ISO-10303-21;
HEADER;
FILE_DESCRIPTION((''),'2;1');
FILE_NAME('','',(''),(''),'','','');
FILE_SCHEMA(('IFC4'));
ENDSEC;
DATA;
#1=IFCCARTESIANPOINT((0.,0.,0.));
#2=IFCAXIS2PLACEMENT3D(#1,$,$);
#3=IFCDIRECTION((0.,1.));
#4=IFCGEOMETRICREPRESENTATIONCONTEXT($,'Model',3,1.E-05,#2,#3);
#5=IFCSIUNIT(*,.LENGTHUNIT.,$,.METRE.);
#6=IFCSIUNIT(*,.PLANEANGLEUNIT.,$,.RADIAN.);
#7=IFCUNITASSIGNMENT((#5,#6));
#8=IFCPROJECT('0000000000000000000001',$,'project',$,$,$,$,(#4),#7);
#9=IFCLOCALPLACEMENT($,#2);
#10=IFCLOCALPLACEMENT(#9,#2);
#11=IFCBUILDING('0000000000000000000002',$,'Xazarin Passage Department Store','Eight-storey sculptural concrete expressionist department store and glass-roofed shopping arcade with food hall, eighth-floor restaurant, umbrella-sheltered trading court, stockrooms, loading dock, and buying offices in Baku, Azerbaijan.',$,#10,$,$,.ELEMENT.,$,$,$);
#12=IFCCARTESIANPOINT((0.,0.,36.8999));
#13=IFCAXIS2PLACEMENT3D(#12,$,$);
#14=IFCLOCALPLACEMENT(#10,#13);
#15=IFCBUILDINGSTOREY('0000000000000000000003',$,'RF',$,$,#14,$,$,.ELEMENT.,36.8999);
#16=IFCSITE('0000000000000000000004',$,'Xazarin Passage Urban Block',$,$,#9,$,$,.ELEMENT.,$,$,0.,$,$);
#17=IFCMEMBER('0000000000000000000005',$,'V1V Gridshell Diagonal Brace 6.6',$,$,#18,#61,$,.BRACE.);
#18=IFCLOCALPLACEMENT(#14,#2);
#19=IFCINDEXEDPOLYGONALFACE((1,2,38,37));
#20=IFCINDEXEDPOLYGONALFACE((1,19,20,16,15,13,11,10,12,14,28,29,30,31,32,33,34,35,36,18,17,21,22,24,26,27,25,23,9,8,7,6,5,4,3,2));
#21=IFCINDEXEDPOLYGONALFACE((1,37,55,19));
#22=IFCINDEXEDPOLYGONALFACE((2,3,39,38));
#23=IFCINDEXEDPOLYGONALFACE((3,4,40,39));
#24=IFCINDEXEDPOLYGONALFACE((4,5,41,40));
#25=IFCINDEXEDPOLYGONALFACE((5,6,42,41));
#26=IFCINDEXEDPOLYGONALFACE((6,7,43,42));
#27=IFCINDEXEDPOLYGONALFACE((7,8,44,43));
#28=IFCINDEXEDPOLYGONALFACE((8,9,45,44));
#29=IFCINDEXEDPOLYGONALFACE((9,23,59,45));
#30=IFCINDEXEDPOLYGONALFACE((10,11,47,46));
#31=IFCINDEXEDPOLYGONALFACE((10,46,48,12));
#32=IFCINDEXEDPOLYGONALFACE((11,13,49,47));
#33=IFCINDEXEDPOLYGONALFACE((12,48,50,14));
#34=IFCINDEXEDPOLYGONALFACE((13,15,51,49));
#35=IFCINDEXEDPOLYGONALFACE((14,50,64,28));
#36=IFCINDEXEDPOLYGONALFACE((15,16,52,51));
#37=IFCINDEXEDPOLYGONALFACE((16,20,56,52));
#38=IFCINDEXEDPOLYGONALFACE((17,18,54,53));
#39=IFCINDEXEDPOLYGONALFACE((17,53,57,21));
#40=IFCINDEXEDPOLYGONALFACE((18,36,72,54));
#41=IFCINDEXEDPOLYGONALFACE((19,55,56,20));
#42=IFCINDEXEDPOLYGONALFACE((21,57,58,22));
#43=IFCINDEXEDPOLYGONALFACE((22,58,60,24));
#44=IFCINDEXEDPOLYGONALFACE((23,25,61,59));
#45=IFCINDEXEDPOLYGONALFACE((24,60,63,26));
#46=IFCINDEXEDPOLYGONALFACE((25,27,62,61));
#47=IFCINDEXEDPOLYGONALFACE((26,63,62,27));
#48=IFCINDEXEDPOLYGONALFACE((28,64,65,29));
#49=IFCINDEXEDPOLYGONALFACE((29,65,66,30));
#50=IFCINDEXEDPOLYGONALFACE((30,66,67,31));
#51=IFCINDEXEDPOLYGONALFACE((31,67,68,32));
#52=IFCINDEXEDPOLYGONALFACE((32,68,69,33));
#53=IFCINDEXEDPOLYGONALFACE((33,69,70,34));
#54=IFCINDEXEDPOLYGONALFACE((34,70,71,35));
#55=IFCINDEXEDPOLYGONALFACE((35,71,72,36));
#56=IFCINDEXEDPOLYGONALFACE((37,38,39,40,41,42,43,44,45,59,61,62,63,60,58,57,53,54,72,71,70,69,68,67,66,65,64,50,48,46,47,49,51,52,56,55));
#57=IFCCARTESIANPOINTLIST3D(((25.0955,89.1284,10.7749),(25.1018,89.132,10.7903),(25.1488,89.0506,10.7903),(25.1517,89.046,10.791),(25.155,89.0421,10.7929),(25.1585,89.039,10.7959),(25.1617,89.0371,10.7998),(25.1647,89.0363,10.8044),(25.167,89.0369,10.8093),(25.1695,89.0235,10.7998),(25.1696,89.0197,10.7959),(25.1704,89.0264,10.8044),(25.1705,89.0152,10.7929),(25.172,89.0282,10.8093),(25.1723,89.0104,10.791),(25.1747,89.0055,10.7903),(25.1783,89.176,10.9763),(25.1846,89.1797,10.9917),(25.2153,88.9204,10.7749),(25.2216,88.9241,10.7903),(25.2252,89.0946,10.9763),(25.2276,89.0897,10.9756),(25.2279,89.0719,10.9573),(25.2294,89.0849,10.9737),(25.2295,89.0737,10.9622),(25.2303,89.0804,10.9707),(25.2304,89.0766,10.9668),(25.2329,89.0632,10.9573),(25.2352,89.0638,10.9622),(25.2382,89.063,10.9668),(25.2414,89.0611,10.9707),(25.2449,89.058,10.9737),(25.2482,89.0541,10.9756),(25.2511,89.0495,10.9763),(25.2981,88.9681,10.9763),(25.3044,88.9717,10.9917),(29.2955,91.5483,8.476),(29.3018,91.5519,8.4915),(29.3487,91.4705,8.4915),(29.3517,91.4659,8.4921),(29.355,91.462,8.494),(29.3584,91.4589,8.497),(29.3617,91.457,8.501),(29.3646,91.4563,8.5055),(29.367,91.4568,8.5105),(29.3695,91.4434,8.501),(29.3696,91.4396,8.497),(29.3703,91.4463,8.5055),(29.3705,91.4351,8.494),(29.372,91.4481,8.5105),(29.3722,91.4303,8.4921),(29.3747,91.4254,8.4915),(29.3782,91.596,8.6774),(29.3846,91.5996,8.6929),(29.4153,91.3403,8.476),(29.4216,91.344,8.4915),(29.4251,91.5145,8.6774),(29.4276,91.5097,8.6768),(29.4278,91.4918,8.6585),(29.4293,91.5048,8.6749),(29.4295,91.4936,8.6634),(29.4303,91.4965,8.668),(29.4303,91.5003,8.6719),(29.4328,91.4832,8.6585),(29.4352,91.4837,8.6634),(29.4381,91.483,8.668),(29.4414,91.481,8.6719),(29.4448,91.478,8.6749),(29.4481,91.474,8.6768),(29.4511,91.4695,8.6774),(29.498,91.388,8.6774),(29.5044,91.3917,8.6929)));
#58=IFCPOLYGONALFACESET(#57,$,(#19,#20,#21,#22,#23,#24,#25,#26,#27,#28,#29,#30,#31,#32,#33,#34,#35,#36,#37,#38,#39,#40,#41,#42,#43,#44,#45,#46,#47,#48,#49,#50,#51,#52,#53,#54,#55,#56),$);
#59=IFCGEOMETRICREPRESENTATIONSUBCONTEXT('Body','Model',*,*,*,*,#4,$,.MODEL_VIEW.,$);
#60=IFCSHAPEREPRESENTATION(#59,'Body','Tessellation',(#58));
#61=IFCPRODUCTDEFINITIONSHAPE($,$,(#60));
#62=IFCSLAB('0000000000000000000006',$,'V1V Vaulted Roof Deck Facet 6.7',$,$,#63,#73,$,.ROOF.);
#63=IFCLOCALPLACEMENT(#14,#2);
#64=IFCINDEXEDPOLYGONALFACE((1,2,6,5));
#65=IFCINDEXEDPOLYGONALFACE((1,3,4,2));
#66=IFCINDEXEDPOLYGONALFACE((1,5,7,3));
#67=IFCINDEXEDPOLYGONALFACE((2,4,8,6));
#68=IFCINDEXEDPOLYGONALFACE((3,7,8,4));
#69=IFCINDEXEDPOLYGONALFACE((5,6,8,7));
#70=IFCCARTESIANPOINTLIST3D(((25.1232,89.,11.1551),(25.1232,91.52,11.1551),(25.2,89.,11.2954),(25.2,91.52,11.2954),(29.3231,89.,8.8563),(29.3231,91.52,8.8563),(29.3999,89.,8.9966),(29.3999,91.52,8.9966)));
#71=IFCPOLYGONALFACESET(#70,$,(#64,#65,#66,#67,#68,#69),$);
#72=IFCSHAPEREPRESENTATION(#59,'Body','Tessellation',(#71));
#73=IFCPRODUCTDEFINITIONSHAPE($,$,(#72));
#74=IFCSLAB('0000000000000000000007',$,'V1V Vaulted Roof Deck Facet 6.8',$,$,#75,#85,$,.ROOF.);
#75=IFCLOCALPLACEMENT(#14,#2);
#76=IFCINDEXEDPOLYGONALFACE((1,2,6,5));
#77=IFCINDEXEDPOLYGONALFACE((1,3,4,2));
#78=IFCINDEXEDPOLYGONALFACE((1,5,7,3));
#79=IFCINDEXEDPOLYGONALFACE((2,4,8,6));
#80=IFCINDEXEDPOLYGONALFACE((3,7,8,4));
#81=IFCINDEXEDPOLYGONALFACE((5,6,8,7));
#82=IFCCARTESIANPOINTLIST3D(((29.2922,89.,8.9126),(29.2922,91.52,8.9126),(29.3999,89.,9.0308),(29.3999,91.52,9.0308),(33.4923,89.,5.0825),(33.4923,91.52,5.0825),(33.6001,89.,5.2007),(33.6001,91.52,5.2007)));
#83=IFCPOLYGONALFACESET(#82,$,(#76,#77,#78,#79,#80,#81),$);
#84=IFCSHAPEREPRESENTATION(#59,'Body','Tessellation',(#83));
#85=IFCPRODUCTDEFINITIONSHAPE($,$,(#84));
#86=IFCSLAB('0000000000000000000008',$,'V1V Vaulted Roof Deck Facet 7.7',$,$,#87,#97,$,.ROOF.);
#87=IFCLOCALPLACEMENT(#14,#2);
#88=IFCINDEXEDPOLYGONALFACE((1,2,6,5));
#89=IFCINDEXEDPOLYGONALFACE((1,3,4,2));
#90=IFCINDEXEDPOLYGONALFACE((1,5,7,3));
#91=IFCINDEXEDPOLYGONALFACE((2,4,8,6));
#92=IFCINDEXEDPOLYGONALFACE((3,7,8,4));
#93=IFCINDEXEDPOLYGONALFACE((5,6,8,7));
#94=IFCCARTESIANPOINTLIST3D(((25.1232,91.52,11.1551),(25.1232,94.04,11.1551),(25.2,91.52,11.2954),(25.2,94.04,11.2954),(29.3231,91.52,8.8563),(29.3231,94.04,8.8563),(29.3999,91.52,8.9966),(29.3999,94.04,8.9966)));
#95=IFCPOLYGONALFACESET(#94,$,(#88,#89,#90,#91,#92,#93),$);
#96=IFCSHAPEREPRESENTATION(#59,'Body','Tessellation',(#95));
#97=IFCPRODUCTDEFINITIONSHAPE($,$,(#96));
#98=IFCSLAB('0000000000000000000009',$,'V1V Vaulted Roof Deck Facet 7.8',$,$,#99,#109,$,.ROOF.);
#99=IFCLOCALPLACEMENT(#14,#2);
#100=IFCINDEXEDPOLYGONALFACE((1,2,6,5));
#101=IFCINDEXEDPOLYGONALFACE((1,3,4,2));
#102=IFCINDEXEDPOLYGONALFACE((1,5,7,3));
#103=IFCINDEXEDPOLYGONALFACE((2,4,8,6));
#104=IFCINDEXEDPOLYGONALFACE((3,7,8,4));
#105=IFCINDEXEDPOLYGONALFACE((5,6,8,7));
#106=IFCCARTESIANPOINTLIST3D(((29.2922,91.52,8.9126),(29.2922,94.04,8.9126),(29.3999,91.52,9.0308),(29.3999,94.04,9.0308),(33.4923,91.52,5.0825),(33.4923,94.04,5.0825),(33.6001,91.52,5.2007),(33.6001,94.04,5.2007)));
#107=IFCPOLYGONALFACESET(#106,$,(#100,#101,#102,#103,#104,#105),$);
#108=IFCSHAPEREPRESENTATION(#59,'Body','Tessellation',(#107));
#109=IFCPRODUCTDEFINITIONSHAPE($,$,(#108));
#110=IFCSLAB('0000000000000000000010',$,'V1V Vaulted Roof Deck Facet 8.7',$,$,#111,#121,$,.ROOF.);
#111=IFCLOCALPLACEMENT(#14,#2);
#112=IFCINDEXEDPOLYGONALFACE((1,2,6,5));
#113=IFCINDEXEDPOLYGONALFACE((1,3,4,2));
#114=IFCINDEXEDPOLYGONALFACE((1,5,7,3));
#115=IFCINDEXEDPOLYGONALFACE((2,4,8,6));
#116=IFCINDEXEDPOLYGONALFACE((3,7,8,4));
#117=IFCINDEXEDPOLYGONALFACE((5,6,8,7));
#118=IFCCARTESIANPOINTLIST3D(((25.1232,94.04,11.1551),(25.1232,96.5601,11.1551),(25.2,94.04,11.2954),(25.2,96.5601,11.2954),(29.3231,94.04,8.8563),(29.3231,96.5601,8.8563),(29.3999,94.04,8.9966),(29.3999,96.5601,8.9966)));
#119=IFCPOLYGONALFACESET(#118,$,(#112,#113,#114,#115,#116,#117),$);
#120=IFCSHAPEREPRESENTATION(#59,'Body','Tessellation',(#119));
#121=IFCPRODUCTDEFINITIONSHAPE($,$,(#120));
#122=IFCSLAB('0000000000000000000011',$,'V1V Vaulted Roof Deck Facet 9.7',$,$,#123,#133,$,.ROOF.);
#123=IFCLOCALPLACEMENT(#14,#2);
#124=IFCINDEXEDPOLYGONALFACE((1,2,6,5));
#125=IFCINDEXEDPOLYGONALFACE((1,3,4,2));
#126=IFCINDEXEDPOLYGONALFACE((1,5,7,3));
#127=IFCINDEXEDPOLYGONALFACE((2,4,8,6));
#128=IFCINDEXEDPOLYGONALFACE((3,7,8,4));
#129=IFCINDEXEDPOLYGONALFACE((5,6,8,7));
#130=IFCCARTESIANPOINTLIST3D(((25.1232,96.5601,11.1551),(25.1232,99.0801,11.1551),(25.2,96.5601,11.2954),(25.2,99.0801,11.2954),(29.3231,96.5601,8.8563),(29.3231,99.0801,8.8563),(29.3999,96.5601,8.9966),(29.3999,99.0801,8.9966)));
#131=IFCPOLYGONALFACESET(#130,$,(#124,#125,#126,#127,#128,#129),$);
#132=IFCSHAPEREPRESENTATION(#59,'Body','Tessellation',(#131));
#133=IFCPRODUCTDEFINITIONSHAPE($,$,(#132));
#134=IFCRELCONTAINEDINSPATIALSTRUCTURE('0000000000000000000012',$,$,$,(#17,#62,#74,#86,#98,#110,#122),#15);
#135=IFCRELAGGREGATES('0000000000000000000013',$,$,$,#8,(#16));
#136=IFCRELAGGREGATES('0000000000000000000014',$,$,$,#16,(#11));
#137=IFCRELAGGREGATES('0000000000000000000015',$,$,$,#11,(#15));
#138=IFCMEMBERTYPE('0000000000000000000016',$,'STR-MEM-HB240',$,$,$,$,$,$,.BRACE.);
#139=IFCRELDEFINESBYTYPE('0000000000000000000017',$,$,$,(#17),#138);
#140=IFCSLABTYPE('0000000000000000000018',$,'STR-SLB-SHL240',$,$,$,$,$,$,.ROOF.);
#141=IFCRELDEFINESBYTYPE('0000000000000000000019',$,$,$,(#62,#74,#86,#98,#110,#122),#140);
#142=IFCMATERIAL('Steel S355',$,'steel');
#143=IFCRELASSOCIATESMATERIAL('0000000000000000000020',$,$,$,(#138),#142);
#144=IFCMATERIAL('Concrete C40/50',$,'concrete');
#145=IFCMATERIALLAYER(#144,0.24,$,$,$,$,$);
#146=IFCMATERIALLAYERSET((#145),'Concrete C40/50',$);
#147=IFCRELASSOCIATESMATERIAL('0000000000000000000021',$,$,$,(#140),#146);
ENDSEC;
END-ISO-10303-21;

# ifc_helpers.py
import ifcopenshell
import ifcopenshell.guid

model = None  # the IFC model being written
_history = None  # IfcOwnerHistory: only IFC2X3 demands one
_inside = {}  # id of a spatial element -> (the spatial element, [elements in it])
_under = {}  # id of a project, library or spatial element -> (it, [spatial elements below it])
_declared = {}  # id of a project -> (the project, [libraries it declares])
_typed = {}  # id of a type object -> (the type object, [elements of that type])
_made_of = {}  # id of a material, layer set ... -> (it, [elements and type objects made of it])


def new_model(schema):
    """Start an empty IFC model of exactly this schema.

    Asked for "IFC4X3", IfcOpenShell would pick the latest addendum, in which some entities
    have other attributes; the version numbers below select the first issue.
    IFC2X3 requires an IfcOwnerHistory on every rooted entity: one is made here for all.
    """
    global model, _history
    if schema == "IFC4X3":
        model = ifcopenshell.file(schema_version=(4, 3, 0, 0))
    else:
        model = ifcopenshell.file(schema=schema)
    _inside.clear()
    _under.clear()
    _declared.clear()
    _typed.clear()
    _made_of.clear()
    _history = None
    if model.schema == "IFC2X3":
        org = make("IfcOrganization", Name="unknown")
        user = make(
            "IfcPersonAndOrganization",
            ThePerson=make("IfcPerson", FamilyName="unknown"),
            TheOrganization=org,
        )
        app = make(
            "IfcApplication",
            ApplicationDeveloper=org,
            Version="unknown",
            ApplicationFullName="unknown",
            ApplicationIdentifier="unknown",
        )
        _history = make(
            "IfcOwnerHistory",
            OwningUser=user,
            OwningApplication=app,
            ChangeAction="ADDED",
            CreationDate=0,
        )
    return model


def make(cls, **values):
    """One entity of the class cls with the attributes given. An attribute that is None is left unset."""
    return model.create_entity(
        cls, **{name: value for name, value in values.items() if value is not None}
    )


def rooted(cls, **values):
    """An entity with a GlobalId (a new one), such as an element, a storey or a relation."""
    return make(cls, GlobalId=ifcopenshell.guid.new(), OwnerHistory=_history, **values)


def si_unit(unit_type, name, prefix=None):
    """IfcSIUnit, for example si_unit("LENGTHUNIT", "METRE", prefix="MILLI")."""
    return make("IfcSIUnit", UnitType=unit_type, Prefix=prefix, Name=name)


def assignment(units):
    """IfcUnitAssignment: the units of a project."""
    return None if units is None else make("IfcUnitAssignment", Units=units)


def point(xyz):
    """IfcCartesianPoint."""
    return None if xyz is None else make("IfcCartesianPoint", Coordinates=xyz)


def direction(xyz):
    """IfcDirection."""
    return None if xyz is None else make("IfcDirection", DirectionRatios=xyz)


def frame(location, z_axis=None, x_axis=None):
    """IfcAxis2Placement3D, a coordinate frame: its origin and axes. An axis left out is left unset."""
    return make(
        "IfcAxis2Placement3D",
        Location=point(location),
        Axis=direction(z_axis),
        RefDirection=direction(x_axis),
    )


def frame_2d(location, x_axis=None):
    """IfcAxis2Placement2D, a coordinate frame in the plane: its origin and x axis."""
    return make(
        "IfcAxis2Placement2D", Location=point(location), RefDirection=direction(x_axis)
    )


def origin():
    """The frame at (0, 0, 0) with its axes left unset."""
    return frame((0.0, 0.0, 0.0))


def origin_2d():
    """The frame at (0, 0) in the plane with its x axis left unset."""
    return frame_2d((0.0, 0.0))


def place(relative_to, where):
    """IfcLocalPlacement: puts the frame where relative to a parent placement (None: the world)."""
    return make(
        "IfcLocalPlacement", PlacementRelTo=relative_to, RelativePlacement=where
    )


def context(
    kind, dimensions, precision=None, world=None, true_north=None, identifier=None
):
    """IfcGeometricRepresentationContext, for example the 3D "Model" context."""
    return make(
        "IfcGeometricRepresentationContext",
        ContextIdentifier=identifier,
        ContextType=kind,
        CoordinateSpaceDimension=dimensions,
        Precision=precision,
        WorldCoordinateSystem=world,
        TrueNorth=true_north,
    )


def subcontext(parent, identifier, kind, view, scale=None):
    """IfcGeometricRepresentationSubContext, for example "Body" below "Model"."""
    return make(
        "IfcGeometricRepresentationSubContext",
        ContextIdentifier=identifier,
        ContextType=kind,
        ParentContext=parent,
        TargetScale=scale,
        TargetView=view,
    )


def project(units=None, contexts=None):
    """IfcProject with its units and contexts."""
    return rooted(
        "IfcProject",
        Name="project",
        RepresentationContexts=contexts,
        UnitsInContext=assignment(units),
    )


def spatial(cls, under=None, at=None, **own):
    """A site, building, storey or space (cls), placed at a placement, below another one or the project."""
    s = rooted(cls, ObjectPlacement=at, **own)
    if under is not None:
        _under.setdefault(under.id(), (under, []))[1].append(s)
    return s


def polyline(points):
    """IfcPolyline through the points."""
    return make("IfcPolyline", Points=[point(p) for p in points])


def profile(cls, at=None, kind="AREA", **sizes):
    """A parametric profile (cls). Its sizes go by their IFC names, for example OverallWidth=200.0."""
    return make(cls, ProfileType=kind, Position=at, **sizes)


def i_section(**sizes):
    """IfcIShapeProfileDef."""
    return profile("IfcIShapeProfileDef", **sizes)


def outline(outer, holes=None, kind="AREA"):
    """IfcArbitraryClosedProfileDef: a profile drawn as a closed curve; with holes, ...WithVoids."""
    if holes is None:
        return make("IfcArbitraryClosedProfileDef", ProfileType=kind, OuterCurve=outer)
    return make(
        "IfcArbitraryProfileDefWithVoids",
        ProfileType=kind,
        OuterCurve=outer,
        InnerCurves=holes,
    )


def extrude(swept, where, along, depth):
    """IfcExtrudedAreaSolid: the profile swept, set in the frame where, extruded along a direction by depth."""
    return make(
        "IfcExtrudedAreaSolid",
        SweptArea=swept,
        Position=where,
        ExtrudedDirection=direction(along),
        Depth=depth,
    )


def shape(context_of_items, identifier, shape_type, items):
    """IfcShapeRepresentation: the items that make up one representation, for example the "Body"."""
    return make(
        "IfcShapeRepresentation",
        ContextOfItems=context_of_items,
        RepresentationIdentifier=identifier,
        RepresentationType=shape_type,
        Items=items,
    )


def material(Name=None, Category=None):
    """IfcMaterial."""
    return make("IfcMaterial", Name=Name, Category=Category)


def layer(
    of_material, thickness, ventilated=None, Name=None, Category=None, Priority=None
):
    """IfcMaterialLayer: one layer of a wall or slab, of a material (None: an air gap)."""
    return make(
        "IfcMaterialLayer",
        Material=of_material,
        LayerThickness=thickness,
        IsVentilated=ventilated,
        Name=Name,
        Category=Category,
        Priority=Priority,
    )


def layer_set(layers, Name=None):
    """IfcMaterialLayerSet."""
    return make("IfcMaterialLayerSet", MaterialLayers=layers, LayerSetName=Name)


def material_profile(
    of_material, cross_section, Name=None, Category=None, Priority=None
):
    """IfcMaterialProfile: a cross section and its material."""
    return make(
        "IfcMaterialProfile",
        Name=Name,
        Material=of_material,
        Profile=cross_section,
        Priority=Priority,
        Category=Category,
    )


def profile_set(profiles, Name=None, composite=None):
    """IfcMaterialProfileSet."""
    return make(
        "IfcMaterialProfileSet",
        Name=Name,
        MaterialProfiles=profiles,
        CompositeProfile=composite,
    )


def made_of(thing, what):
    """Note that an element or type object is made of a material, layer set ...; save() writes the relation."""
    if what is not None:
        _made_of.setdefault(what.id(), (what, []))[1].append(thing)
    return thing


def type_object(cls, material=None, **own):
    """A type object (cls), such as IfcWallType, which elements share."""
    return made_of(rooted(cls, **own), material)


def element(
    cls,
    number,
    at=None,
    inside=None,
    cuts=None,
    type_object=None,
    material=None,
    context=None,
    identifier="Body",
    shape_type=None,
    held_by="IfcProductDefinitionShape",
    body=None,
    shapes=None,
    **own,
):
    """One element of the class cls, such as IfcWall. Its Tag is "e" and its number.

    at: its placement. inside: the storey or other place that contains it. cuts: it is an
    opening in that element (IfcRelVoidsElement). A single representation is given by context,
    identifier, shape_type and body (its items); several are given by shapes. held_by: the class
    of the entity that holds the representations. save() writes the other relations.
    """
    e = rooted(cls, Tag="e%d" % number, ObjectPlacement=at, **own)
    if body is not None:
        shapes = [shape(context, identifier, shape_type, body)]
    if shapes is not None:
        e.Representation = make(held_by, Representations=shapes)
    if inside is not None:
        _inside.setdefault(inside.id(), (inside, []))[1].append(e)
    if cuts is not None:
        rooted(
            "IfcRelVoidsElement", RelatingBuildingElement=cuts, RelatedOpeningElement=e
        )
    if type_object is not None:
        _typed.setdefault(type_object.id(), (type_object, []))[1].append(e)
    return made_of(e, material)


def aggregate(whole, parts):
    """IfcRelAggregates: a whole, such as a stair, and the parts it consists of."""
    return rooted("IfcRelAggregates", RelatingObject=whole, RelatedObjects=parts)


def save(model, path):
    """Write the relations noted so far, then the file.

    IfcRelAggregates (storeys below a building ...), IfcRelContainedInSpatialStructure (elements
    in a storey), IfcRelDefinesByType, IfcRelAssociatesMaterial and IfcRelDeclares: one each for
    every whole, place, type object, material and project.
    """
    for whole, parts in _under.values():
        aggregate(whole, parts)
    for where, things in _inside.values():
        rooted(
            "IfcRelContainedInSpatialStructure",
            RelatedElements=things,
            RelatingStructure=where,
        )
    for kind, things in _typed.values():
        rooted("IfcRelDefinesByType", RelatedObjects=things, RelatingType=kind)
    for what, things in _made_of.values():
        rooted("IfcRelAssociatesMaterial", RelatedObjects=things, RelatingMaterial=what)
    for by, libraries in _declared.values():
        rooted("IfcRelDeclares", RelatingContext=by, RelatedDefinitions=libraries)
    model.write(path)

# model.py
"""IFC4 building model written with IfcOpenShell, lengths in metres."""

from ifc_helpers import new_model, si_unit, direction, frame, origin, origin_2d, place, context, subcontext, project, spatial, polyline, i_section, outline, extrude, material, layer, layer_set, material_profile, profile_set, type_object, element, save


model = new_model("IFC4")

# Units and contexts
model_context = context("Model", 3, precision=1e-05, world=origin(), true_north=direction((0.0, 1.0)))
body_context = subcontext(model_context, "Body", "Model", "MODEL_VIEW")
ifc_project = project(units=[si_unit("LENGTHUNIT", "METRE"), si_unit("PLANEANGLEUNIT", "RADIAN")], contexts=[model_context])

# Site, building, storey
site_placement = place(None, origin())
site = spatial("IfcSite", under=ifc_project, at=site_placement, Name="Xazarin Passage Urban Block", CompositionType="ELEMENT", RefElevation=0.0)
building_placement = place(site_placement, origin())
building = spatial("IfcBuilding", under=site, at=building_placement, Name="Xazarin Passage Department Store", Description="Eight-storey sculptural concrete expressionist department store and glass-roofed shopping arcade with food hall, eighth-floor restaurant, umbrella-sheltered trading court, stockrooms, loading dock, and buying offices in Baku, Azerbaijan.", CompositionType="ELEMENT")
storey_placement = place(building_placement, frame((0.0, 0.0, 36.8999)))
storey = spatial("IfcBuildingStorey", under=building, at=storey_placement, Name="RF", CompositionType="ELEMENT", Elevation=36.8999)

# Shared definitions
ifc_material_1 = material(Name="Steel S355", Category="steel")

# Member
ifc_material_profile_1 = material_profile(ifc_material_1, i_section(OverallWidth=0.24, OverallDepth=0.24, WebThickness=0.01, FlangeThickness=0.0171, FilletRadius=0.021, at=origin_2d()), Name="HEB 240")
ifc_profile_set_1 = profile_set([ifc_material_profile_1], Name="Steel S355")
member_type_1 = type_object("IfcMemberType", Name="STR-MEM-HB240", PredefinedType="BRACE", material=ifc_profile_set_1)
member_placement = place(storey_placement, frame((25.2, 89.05, 10.8833), z_axis=(0.782884, 0.451081, -0.428508), x_axis=(-0.499238, 0.866465, 0.0)))
element("IfcMember", 1, at=member_placement, inside=storey, type_object=member_type_1, Name="V1V Gridshell Diagonal Brace 6.6", PredefinedType="BRACE", context=body_context, shape_type="SweptSolid", body=[
    extrude(i_section(OverallWidth=0.24, OverallDepth=0.24, WebThickness=0.01, FlangeThickness=0.0171, FilletRadius=0.021, at=origin_2d()), origin(), (0.0, 0.0, 1.0), 5.3647),
])

# Slabs
ifc_material_2 = material(Name="Concrete C40/50", Category="concrete")
ifc_layer = layer(ifc_material_2, 0.24)
ifc_layer_set = layer_set([ifc_layer], Name="Concrete C40/50")
slab_type = type_object("IfcSlabType", Name="STR-SLB-SHL240", PredefinedType="ROOF", material=ifc_layer_set)
slab_1_placement = place(storey_placement, frame((25.2, 89.0, 11.2954), z_axis=(0.480131, 0.0, 0.877197), x_axis=(0.877197, 0.0, -0.480131)))
element("IfcSlab", 2, at=slab_1_placement, inside=storey, type_object=slab_type, Name="V1V Vaulted Roof Deck Facet 6.7", PredefinedType="ROOF", context=body_context, shape_type="SweptSolid", body=[
    extrude(outline(polyline([(0.0, 0.0), (4.7879, 0.0), (4.7879, 2.52), (0.0, 2.52), (0.0, 0.0)])), origin(), (0.0, 0.0, -1.0), 0.1599),
])
slab_2_placement = place(storey_placement, frame((29.3999, 89.0, 9.0308), z_axis=(0.673801, 0.0, 0.738913), x_axis=(0.738913, 0.0, -0.673801)))
element("IfcSlab", 3, at=slab_2_placement, inside=storey, type_object=slab_type, Name="V1V Vaulted Roof Deck Facet 6.8", PredefinedType="ROOF", context=body_context, shape_type="SweptSolid", body=[
    extrude(outline(polyline([(0.0, 0.0), (5.6843, 0.0), (5.6843, 2.52), (0.0, 2.52), (0.0, 0.0)])), origin(), (0.0, 0.0, -1.0), 0.1599),
])
slab_3_placement = place(storey_placement, frame((25.2, 91.52, 11.2954), z_axis=(0.480131, 0.0, 0.877197), x_axis=(0.877197, 0.0, -0.480131)))
element("IfcSlab", 4, at=slab_3_placement, inside=storey, type_object=slab_type, Name="V1V Vaulted Roof Deck Facet 7.7", PredefinedType="ROOF", context=body_context, shape_type="SweptSolid", body=[
    extrude(outline(polyline([(0.0, 0.0), (4.7879, 0.0), (4.7879, 2.52), (0.0, 2.52), (0.0, 0.0)])), origin(), (0.0, 0.0, -1.0), 0.1599),
])
slab_4_placement = place(storey_placement, frame((29.3999, 91.52, 9.0308), z_axis=(0.673801, 0.0, 0.738913), x_axis=(0.738913, 0.0, -0.673801)))
element("IfcSlab", 5, at=slab_4_placement, inside=storey, type_object=slab_type, Name="V1V Vaulted Roof Deck Facet 7.8", PredefinedType="ROOF", context=body_context, shape_type="SweptSolid", body=[
    extrude(outline(polyline([(0.0, 0.0), (5.6843, 0.0), (5.6843, 2.52), (0.0, 2.52), (0.0, 0.0)])), origin(), (0.0, 0.0, -1.0), 0.1599),
])
for number, where, z_axis, x_axis, name in (
    (6, (25.2, 94.04, 11.2954), (0.480131, 0.0, 0.877197), (0.877197, 0.0, -0.480131), "V1V Vaulted Roof Deck Facet 8.7"),
    (7, (25.2, 96.5601, 11.2954), (0.480131, 0.0, 0.877197), (0.877197, 0.0, -0.480131), "V1V Vaulted Roof Deck Facet 9.7"),
):
    element("IfcSlab", number, at=place(storey_placement, frame(where, z_axis=z_axis, x_axis=x_axis)), inside=storey, type_object=slab_type, Name=name, PredefinedType="ROOF", context=body_context, shape_type="SweptSolid", body=[
        extrude(outline(polyline([(0.0, 0.0), (4.7879, 0.0), (4.7879, 2.52), (0.0, 2.52), (0.0, 0.0)])), origin(), (0.0, 0.0, -1.0), 0.1599),
    ])

save(model, "model.ifc")
